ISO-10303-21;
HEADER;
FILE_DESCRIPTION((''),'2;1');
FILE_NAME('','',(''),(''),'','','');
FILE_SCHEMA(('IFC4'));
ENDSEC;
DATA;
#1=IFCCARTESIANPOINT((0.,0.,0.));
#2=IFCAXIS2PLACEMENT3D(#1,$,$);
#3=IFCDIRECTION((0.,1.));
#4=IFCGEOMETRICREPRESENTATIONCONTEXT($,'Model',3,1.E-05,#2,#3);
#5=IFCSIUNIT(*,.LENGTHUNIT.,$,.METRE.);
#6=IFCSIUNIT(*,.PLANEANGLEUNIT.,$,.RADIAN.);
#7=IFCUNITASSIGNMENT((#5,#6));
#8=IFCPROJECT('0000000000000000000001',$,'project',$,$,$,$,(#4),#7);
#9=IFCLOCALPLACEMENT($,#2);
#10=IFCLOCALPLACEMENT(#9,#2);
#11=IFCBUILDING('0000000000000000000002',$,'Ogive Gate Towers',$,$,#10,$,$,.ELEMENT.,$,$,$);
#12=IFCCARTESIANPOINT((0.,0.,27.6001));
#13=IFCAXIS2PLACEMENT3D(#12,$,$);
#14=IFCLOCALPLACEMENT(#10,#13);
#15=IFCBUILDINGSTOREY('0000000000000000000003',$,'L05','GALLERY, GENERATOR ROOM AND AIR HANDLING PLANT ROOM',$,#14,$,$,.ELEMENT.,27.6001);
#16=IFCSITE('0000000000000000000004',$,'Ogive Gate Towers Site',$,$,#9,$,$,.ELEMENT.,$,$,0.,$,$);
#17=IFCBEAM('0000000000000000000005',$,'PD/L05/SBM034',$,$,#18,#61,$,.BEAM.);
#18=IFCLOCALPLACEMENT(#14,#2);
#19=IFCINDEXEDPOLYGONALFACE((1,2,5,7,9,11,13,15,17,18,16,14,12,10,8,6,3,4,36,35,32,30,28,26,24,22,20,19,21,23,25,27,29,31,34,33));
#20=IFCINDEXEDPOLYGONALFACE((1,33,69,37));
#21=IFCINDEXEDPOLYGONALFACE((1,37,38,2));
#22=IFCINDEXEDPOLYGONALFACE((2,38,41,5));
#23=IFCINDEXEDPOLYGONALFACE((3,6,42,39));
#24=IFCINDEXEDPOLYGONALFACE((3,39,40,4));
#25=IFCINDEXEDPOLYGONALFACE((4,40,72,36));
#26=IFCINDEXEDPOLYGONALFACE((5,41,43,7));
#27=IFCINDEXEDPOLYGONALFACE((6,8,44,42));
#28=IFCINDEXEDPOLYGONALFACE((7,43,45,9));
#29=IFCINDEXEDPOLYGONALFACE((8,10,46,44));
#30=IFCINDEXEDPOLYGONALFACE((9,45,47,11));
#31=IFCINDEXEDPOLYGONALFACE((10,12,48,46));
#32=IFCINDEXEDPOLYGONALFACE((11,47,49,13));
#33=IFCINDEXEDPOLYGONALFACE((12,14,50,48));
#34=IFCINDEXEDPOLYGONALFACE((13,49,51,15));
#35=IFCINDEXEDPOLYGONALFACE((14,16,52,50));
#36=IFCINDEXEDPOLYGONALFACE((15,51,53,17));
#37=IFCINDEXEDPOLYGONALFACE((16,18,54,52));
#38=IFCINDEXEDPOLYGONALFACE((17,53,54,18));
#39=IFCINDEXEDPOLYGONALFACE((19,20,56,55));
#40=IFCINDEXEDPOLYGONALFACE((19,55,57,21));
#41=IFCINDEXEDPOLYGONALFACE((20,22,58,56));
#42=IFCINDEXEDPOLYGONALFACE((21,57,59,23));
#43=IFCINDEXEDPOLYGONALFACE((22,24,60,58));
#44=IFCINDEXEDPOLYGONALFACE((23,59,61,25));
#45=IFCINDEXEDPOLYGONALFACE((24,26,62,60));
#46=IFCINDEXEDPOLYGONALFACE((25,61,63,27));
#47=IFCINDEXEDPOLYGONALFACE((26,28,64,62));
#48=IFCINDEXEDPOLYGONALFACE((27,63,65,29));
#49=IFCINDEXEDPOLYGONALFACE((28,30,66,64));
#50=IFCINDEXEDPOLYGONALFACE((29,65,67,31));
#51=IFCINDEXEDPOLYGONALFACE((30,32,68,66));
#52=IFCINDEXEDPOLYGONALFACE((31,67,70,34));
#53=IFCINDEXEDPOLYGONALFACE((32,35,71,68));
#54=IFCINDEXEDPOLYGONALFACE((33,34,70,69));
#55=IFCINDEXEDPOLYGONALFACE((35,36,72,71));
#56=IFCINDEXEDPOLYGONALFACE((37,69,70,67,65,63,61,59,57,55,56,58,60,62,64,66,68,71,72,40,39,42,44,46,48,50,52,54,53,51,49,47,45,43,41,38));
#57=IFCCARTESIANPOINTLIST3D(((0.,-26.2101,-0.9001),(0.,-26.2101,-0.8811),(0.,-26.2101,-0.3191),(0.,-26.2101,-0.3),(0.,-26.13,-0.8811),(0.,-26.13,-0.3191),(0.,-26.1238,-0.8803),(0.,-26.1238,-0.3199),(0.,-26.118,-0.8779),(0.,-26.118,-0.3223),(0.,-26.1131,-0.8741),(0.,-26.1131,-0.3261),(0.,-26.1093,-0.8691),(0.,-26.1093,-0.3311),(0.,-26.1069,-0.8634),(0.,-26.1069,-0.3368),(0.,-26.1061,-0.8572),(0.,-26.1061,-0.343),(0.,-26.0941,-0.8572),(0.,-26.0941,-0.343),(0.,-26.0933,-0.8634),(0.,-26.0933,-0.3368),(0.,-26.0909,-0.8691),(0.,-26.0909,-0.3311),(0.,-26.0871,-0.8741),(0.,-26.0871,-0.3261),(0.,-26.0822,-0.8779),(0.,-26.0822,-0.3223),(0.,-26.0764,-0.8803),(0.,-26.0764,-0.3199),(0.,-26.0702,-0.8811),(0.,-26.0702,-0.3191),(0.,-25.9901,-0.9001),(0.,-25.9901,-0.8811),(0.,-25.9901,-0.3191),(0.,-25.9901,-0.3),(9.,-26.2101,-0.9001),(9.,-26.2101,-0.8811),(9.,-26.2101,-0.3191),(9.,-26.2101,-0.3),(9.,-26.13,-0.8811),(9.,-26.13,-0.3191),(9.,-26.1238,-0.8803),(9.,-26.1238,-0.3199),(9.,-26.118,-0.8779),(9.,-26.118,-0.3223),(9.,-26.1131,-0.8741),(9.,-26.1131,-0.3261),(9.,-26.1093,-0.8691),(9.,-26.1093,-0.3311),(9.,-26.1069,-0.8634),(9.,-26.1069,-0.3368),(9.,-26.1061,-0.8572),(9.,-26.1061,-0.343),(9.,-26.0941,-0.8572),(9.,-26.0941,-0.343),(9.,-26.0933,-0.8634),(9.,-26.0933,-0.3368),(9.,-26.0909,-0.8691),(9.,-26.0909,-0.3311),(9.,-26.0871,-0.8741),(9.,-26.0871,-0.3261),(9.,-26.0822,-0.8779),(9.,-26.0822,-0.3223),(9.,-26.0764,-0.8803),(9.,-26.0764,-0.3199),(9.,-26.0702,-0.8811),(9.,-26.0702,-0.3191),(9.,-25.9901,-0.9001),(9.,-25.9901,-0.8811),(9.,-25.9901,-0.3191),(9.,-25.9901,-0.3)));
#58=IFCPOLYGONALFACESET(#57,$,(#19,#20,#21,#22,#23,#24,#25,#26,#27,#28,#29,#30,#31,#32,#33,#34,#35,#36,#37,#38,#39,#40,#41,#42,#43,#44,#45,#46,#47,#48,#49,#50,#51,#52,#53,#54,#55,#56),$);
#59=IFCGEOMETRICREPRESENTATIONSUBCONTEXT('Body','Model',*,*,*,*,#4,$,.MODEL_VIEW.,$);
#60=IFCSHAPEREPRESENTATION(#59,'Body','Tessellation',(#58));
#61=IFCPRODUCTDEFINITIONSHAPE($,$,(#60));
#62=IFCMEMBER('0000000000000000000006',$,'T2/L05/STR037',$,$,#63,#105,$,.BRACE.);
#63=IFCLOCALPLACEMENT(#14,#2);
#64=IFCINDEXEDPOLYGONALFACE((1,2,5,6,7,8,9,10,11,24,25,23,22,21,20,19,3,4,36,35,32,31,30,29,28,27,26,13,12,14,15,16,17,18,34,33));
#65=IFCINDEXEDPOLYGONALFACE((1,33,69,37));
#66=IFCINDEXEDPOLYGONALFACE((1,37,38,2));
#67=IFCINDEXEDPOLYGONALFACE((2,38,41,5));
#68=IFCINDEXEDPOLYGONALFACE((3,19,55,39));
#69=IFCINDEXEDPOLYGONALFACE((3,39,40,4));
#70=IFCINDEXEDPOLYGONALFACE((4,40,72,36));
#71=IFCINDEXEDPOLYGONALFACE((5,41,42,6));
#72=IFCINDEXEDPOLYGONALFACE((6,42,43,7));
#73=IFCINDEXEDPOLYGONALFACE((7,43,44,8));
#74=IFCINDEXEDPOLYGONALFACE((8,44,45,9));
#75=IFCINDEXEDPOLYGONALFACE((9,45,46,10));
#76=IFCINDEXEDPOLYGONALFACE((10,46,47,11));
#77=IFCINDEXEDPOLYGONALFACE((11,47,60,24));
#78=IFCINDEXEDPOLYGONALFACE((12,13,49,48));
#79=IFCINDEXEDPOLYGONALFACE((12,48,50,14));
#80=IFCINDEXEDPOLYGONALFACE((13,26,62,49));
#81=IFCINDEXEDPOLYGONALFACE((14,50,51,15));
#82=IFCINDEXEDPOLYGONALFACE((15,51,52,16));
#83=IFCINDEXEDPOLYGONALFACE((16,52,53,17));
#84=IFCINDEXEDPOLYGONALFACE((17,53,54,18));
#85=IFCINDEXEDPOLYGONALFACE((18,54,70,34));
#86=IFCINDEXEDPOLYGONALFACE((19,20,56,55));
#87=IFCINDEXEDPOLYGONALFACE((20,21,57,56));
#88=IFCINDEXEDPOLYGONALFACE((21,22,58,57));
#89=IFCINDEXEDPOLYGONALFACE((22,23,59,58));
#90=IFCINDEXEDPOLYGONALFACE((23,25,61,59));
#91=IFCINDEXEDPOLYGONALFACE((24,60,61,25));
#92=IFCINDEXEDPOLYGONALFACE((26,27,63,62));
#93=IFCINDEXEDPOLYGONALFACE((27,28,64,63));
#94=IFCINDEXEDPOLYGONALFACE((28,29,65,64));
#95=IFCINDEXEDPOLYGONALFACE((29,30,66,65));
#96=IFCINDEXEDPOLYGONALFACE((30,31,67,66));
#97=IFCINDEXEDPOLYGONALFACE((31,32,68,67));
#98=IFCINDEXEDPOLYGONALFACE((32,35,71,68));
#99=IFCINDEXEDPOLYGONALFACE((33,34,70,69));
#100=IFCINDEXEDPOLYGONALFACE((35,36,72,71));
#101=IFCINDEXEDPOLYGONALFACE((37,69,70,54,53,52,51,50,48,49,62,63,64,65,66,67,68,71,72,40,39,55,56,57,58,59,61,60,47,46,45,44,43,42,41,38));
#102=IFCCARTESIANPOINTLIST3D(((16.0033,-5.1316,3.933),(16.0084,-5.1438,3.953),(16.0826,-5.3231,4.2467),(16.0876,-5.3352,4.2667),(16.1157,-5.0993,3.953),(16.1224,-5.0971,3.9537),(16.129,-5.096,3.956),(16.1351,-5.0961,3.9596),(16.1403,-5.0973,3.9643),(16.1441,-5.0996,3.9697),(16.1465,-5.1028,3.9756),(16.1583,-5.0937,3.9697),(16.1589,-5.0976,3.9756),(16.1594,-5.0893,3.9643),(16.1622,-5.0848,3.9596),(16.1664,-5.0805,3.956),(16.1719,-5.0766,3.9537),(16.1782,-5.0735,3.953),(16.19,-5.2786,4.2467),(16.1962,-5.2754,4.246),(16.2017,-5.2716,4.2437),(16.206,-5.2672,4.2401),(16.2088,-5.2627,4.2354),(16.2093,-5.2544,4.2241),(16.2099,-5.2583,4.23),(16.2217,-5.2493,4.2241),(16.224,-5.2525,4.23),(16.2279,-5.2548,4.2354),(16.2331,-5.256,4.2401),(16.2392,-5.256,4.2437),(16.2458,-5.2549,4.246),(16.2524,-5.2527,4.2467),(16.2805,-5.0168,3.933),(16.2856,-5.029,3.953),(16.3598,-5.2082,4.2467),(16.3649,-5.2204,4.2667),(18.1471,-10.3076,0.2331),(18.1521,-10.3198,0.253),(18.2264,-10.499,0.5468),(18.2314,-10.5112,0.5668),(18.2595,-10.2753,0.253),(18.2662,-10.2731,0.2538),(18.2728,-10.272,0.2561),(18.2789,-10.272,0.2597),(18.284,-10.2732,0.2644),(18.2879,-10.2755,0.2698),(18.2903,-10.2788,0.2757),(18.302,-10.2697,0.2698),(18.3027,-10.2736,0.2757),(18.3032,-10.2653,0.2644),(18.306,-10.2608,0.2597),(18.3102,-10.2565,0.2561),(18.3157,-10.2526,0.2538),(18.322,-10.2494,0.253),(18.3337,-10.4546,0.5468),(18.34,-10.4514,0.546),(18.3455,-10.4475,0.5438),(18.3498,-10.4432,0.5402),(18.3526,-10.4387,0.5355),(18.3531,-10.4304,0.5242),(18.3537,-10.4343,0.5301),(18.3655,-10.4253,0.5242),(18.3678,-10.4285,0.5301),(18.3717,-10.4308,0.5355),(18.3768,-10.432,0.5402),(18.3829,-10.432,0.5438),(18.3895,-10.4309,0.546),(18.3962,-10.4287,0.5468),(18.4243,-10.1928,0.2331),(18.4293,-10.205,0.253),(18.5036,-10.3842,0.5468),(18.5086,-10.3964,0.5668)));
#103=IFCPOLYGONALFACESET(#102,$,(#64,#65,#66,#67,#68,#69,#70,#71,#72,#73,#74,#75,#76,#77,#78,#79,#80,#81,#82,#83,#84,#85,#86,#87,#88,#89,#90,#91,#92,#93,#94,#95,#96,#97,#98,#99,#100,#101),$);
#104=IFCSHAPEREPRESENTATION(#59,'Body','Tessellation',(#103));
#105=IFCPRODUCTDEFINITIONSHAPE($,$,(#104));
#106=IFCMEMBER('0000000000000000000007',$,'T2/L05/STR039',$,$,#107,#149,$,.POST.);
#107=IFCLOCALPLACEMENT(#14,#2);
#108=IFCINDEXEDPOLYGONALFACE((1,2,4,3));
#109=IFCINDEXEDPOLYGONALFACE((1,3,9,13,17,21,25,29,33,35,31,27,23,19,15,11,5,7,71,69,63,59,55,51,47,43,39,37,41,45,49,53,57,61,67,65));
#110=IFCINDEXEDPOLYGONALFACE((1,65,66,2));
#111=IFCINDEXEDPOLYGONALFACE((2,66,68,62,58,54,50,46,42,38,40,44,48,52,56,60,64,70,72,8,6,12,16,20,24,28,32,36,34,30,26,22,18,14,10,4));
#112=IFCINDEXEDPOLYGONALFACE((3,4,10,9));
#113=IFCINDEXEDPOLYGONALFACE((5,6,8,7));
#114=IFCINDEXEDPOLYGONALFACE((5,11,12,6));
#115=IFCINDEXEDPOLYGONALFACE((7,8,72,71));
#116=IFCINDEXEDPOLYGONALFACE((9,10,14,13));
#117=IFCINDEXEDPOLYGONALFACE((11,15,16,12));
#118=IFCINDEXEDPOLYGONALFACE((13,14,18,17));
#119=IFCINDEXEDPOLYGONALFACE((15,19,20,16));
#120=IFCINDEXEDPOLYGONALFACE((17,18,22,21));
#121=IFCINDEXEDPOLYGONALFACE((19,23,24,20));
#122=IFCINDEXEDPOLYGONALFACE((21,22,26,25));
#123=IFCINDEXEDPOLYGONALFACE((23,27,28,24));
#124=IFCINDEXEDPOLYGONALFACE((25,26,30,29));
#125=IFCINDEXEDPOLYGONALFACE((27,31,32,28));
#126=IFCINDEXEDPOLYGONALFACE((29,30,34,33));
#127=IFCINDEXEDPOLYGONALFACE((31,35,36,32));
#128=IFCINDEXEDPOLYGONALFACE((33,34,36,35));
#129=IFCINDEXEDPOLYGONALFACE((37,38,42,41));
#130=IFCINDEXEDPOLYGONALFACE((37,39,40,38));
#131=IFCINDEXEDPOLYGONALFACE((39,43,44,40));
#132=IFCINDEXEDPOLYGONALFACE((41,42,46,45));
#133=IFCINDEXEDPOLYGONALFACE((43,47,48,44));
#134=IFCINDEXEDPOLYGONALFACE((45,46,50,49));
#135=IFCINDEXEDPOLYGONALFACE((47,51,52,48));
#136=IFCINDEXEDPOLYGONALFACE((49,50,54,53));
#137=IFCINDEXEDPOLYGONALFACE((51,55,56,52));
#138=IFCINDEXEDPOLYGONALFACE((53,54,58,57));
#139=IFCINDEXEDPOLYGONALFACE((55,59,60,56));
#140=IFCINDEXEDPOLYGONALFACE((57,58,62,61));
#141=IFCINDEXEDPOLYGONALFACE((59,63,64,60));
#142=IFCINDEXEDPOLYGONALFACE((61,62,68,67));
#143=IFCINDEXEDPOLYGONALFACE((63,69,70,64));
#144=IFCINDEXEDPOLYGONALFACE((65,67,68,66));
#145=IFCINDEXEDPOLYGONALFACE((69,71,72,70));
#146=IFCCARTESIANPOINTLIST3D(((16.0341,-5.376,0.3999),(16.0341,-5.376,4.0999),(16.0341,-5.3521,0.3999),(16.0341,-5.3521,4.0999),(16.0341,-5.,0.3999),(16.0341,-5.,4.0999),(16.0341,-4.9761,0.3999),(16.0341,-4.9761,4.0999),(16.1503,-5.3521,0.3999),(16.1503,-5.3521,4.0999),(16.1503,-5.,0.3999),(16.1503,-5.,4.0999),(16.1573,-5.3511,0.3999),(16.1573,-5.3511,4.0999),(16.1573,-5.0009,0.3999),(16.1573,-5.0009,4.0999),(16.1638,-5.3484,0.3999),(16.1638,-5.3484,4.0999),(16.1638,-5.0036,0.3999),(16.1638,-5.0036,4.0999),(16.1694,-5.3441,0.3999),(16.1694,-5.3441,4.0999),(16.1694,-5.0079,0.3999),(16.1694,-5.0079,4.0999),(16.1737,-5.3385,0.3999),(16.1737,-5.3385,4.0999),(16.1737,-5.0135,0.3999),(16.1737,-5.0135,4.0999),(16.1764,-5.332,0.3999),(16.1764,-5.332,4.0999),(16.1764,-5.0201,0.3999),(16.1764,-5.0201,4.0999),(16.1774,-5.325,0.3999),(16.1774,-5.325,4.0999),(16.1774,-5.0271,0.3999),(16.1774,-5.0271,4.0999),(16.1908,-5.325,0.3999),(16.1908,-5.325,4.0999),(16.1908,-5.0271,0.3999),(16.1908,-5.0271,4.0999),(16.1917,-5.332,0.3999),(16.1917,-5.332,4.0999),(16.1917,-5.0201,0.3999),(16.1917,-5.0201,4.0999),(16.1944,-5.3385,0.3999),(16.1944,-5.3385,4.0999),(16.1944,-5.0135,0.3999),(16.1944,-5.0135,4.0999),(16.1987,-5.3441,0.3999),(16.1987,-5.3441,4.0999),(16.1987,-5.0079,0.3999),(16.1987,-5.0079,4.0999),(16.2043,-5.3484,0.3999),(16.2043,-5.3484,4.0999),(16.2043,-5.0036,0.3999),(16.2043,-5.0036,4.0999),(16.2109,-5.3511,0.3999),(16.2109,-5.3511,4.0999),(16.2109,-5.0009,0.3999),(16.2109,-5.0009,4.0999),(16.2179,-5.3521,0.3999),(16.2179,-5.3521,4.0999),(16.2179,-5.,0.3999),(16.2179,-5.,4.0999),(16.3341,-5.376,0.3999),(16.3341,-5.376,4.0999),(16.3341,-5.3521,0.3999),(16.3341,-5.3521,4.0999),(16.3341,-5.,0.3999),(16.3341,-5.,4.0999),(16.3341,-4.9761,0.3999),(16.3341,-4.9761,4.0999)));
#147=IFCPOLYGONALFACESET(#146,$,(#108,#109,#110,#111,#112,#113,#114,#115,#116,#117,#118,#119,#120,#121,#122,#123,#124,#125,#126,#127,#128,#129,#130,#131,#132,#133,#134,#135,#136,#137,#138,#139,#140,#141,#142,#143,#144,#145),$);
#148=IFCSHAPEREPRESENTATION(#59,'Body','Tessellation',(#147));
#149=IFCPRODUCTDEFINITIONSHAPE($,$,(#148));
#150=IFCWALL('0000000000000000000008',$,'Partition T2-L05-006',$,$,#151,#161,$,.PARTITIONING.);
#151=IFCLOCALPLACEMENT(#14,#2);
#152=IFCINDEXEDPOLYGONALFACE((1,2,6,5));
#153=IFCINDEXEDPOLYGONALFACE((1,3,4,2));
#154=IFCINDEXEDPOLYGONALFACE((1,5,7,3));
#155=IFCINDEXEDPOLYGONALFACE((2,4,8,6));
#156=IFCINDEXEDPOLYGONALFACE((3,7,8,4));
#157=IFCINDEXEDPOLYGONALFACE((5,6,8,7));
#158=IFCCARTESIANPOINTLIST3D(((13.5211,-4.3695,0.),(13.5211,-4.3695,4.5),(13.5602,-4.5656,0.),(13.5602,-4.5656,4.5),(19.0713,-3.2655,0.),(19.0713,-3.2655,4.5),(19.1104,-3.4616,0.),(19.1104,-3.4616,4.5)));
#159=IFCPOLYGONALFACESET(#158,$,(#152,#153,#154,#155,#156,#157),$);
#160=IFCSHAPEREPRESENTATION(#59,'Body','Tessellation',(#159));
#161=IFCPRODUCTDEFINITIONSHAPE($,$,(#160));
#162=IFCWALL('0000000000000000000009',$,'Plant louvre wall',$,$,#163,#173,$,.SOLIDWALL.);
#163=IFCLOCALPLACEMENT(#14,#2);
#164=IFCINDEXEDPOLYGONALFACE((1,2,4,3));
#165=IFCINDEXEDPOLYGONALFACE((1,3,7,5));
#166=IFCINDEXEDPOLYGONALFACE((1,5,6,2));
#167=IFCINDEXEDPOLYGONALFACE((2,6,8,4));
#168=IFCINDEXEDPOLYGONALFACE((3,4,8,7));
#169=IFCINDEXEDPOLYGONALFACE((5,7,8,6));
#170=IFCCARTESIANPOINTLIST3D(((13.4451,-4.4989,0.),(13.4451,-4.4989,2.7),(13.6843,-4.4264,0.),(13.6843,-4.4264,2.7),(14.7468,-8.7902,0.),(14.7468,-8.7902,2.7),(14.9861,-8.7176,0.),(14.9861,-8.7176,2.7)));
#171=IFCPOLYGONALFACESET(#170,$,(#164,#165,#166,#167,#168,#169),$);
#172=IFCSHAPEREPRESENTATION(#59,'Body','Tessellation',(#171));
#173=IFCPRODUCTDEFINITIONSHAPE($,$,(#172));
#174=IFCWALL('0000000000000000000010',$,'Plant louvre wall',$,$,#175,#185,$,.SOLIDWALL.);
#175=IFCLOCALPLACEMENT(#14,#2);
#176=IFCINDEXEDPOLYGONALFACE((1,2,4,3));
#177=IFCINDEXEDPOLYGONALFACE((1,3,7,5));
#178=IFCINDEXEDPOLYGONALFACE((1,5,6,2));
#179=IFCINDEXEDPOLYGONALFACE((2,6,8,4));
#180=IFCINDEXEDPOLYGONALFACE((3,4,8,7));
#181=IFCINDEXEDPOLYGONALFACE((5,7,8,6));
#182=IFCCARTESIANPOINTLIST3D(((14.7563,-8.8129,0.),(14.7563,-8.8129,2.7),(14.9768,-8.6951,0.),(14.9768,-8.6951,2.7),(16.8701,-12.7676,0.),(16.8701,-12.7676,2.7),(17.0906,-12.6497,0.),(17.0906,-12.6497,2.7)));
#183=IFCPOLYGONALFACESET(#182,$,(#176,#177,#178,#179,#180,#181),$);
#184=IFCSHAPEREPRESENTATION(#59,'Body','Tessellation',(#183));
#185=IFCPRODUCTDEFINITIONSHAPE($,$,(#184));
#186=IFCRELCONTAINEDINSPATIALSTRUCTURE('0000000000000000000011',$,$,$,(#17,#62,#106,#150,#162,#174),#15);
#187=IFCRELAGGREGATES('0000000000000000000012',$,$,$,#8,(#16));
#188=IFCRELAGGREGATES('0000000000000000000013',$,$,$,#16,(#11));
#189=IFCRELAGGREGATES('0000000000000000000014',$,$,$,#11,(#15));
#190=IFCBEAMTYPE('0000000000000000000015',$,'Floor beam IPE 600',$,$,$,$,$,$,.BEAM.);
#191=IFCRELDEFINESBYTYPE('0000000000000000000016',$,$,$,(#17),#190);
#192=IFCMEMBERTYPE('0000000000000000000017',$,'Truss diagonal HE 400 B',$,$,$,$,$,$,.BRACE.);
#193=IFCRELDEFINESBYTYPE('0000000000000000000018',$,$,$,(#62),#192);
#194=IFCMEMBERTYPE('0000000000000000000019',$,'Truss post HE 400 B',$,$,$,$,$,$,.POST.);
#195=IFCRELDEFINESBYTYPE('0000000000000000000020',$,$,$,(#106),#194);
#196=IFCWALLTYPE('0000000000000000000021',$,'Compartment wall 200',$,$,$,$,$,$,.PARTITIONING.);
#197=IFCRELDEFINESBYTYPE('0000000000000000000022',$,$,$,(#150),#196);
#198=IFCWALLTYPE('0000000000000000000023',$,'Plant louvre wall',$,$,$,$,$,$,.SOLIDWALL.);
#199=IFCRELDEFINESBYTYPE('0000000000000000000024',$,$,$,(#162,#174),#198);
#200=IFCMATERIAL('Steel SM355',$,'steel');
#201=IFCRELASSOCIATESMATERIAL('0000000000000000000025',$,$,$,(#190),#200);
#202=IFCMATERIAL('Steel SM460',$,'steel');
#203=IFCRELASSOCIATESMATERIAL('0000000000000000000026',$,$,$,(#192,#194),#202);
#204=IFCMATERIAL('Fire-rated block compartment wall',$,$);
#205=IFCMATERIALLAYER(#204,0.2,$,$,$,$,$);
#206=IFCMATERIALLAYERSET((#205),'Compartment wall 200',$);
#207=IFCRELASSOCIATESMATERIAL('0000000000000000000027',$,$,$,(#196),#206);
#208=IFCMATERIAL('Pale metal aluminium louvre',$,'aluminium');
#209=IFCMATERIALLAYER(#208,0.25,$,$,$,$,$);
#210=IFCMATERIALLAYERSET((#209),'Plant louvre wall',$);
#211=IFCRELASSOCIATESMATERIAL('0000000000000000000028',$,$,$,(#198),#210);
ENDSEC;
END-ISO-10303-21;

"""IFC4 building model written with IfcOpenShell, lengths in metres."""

from ifc_helpers import new_model, si_unit, direction, frame, frame_2d, origin, origin_2d, place, context, subcontext, project, spatial, rectangle, i_section, extrude, material, layer, layer_set, material_profile, profile_set, type_object, element, save


model = new_model("IFC4")

# Units and contexts
model_context = context("Model", 3, precision=1e-05, world=origin(), true_north=direction((0.0, 1.0)))
body_context = subcontext(model_context, "Body", "Model", "MODEL_VIEW")
ifc_project = project(units=[si_unit("LENGTHUNIT", "METRE"), si_unit("PLANEANGLEUNIT", "RADIAN")], contexts=[model_context])

# Site, building, storey
site_placement = place(None, origin())
site = spatial("IfcSite", under=ifc_project, at=site_placement, Name="Ogive Gate Towers Site", CompositionType="ELEMENT", RefElevation=0.0)
building_placement = place(site_placement, origin())
building = spatial("IfcBuilding", under=site, at=building_placement, Name="Ogive Gate Towers", CompositionType="ELEMENT")
storey_placement = place(building_placement, frame((0.0, 0.0, 27.6001)))
storey = spatial("IfcBuildingStorey", under=building, at=storey_placement, Name="L05", Description="GALLERY, GENERATOR ROOM AND AIR HANDLING PLANT ROOM", CompositionType="ELEMENT", Elevation=27.6001)

# Beam
ifc_material_1 = material(Name="Steel SM355", Category="steel")
ifc_material_profile_1 = material_profile(ifc_material_1, i_section(OverallWidth=0.22, OverallDepth=0.6001, WebThickness=0.012, FlangeThickness=0.019, FilletRadius=0.0239, at=origin_2d()), Name="IPE 600")
ifc_profile_set_1 = profile_set([ifc_material_profile_1], Name="Steel SM355")
beam_type_1 = type_object("IfcBeamType", Name="Floor beam IPE 600", PredefinedType="BEAM", material=ifc_profile_set_1)
beam_1_placement = place(storey_placement, frame((9.0, -26.1001, -0.6001), z_axis=(-1.0, 0.0, 0.0), x_axis=(0.0, -1.0, 0.0)))
element("IfcBeam", 1, at=beam_1_placement, inside=storey, type_object=beam_type_1, Name="PD/L05/SBM034", PredefinedType="BEAM", context=body_context, shape_type="SweptSolid", body=[
    extrude(i_section(OverallWidth=0.22, OverallDepth=0.6001, WebThickness=0.012, FlangeThickness=0.019, FilletRadius=0.0239, at=origin_2d()), origin(), (0.0, 0.0, 1.0), 9.0),
])

# Members
ifc_material_2 = material(Name="Steel SM460", Category="steel")
ifc_material_profile_2 = material_profile(ifc_material_2, i_section(OverallWidth=0.3, OverallDepth=0.3999, WebThickness=0.0134, FlangeThickness=0.0239, FilletRadius=0.0271, at=origin_2d()), Name="HE 400 B")
ifc_profile_set_2 = profile_set([ifc_material_profile_2], Name="Steel SM460")
member_type_1 = type_object("IfcMemberType", Name="Truss diagonal HE 400 B", PredefinedType="BRACE", material=ifc_profile_set_2)
member_1_placement = place(storey_placement, frame((16.1841, -5.176, 4.0999), z_axis=(0.319306, -0.770939, -0.551086), x_axis=(0.923891, 0.382656, 0.0)))
element("IfcMember", 2, at=member_1_placement, inside=storey, type_object=member_type_1, Name="T2/L05/STR037", PredefinedType="BRACE", context=body_context, shape_type="SweptSolid", body=[
    extrude(i_section(OverallWidth=0.3, OverallDepth=0.3999, WebThickness=0.0134, FlangeThickness=0.0239, FilletRadius=0.0271, at=origin_2d()), origin(), (0.0, 0.0, 1.0), 6.7139),
])
ifc_material_profile_3 = material_profile(ifc_material_2, i_section(OverallWidth=0.3, OverallDepth=0.3999, WebThickness=0.0134, FlangeThickness=0.0239, FilletRadius=0.0271, at=origin_2d()), Name="HE 400 B")
ifc_profile_set_3 = profile_set([ifc_material_profile_3], Name="Steel SM460")
member_type_2 = type_object("IfcMemberType", Name="Truss post HE 400 B", PredefinedType="POST", material=ifc_profile_set_3)
member_2_placement = place(storey_placement, frame((16.1841, -5.176, 0.3999), z_axis=(0.0, 0.0, 1.0), x_axis=(1.0, 0.0, 0.0)))
element("IfcMember", 3, at=member_2_placement, inside=storey, type_object=member_type_2, Name="T2/L05/STR039", PredefinedType="POST", context=body_context, shape_type="SweptSolid", body=[
    extrude(i_section(OverallWidth=0.3, OverallDepth=0.3999, WebThickness=0.0134, FlangeThickness=0.0239, FilletRadius=0.0271, at=origin_2d()), origin(), (0.0, 0.0, 1.0), 3.7),
])

# Walls
ifc_material_3 = material(Name="Fire-rated block compartment wall")
ifc_layer_1 = layer(ifc_material_3, 0.2)
ifc_layer_set_1 = layer_set([ifc_layer_1], Name="Compartment wall 200")
wall_type_1 = type_object("IfcWallType", Name="Compartment wall 200", PredefinedType="PARTITIONING", material=ifc_layer_set_1)
wall_1_placement = place(storey_placement, frame((13.5405, -4.4675, 0.0), z_axis=(0.0, 0.0, 1.0), x_axis=(0.980786, 0.195087, 0.0)))
element("IfcWall", 4, at=wall_1_placement, inside=storey, type_object=wall_type_1, Name="Partition T2-L05-006", PredefinedType="PARTITIONING", context=body_context, shape_type="SweptSolid", body=[
    extrude(rectangle(XDim=5.6589, YDim=0.2, at=frame_2d((2.8296, 0.0))), origin(), (0.0, 0.0, 1.0), 4.5),
])
ifc_material_4 = material(Name="Pale metal aluminium louvre", Category="aluminium")
ifc_layer_2 = layer(ifc_material_4, 0.25)
ifc_layer_set_2 = layer_set([ifc_layer_2], Name="Plant louvre wall")
wall_type_2 = type_object("IfcWallType", Name="Plant louvre wall", PredefinedType="SOLIDWALL", material=ifc_layer_set_2)
wall_2_placement = place(storey_placement, frame((13.5647, -4.4626, 0.0), z_axis=(0.0, 0.0, 1.0), x_axis=(0.290288, -0.956939, 0.0)))
element("IfcWall", 5, at=wall_2_placement, inside=storey, type_object=wall_type_2, Name="Plant louvre wall", PredefinedType="SOLIDWALL", context=body_context, shape_type="SweptSolid", body=[
    extrude(rectangle(XDim=4.4844, YDim=0.25, at=frame_2d((2.2422, 0.0))), origin(), (0.0, 0.0, 1.0), 2.7),
])
wall_3_placement = place(storey_placement, frame((14.8665, -8.7539, 0.0), z_axis=(0.0, 0.0, 1.0), x_axis=(0.471396, -0.881922, 0.0)))
element("IfcWall", 6, at=wall_3_placement, inside=storey, type_object=wall_type_2, Name="Plant louvre wall", PredefinedType="SOLIDWALL", context=body_context, shape_type="SweptSolid", body=[
    extrude(rectangle(XDim=4.4841, YDim=0.25, at=frame_2d((2.2422, 0.0))), origin(), (0.0, 0.0, 1.0), 2.7),
])

save(model, "model.ifc")
